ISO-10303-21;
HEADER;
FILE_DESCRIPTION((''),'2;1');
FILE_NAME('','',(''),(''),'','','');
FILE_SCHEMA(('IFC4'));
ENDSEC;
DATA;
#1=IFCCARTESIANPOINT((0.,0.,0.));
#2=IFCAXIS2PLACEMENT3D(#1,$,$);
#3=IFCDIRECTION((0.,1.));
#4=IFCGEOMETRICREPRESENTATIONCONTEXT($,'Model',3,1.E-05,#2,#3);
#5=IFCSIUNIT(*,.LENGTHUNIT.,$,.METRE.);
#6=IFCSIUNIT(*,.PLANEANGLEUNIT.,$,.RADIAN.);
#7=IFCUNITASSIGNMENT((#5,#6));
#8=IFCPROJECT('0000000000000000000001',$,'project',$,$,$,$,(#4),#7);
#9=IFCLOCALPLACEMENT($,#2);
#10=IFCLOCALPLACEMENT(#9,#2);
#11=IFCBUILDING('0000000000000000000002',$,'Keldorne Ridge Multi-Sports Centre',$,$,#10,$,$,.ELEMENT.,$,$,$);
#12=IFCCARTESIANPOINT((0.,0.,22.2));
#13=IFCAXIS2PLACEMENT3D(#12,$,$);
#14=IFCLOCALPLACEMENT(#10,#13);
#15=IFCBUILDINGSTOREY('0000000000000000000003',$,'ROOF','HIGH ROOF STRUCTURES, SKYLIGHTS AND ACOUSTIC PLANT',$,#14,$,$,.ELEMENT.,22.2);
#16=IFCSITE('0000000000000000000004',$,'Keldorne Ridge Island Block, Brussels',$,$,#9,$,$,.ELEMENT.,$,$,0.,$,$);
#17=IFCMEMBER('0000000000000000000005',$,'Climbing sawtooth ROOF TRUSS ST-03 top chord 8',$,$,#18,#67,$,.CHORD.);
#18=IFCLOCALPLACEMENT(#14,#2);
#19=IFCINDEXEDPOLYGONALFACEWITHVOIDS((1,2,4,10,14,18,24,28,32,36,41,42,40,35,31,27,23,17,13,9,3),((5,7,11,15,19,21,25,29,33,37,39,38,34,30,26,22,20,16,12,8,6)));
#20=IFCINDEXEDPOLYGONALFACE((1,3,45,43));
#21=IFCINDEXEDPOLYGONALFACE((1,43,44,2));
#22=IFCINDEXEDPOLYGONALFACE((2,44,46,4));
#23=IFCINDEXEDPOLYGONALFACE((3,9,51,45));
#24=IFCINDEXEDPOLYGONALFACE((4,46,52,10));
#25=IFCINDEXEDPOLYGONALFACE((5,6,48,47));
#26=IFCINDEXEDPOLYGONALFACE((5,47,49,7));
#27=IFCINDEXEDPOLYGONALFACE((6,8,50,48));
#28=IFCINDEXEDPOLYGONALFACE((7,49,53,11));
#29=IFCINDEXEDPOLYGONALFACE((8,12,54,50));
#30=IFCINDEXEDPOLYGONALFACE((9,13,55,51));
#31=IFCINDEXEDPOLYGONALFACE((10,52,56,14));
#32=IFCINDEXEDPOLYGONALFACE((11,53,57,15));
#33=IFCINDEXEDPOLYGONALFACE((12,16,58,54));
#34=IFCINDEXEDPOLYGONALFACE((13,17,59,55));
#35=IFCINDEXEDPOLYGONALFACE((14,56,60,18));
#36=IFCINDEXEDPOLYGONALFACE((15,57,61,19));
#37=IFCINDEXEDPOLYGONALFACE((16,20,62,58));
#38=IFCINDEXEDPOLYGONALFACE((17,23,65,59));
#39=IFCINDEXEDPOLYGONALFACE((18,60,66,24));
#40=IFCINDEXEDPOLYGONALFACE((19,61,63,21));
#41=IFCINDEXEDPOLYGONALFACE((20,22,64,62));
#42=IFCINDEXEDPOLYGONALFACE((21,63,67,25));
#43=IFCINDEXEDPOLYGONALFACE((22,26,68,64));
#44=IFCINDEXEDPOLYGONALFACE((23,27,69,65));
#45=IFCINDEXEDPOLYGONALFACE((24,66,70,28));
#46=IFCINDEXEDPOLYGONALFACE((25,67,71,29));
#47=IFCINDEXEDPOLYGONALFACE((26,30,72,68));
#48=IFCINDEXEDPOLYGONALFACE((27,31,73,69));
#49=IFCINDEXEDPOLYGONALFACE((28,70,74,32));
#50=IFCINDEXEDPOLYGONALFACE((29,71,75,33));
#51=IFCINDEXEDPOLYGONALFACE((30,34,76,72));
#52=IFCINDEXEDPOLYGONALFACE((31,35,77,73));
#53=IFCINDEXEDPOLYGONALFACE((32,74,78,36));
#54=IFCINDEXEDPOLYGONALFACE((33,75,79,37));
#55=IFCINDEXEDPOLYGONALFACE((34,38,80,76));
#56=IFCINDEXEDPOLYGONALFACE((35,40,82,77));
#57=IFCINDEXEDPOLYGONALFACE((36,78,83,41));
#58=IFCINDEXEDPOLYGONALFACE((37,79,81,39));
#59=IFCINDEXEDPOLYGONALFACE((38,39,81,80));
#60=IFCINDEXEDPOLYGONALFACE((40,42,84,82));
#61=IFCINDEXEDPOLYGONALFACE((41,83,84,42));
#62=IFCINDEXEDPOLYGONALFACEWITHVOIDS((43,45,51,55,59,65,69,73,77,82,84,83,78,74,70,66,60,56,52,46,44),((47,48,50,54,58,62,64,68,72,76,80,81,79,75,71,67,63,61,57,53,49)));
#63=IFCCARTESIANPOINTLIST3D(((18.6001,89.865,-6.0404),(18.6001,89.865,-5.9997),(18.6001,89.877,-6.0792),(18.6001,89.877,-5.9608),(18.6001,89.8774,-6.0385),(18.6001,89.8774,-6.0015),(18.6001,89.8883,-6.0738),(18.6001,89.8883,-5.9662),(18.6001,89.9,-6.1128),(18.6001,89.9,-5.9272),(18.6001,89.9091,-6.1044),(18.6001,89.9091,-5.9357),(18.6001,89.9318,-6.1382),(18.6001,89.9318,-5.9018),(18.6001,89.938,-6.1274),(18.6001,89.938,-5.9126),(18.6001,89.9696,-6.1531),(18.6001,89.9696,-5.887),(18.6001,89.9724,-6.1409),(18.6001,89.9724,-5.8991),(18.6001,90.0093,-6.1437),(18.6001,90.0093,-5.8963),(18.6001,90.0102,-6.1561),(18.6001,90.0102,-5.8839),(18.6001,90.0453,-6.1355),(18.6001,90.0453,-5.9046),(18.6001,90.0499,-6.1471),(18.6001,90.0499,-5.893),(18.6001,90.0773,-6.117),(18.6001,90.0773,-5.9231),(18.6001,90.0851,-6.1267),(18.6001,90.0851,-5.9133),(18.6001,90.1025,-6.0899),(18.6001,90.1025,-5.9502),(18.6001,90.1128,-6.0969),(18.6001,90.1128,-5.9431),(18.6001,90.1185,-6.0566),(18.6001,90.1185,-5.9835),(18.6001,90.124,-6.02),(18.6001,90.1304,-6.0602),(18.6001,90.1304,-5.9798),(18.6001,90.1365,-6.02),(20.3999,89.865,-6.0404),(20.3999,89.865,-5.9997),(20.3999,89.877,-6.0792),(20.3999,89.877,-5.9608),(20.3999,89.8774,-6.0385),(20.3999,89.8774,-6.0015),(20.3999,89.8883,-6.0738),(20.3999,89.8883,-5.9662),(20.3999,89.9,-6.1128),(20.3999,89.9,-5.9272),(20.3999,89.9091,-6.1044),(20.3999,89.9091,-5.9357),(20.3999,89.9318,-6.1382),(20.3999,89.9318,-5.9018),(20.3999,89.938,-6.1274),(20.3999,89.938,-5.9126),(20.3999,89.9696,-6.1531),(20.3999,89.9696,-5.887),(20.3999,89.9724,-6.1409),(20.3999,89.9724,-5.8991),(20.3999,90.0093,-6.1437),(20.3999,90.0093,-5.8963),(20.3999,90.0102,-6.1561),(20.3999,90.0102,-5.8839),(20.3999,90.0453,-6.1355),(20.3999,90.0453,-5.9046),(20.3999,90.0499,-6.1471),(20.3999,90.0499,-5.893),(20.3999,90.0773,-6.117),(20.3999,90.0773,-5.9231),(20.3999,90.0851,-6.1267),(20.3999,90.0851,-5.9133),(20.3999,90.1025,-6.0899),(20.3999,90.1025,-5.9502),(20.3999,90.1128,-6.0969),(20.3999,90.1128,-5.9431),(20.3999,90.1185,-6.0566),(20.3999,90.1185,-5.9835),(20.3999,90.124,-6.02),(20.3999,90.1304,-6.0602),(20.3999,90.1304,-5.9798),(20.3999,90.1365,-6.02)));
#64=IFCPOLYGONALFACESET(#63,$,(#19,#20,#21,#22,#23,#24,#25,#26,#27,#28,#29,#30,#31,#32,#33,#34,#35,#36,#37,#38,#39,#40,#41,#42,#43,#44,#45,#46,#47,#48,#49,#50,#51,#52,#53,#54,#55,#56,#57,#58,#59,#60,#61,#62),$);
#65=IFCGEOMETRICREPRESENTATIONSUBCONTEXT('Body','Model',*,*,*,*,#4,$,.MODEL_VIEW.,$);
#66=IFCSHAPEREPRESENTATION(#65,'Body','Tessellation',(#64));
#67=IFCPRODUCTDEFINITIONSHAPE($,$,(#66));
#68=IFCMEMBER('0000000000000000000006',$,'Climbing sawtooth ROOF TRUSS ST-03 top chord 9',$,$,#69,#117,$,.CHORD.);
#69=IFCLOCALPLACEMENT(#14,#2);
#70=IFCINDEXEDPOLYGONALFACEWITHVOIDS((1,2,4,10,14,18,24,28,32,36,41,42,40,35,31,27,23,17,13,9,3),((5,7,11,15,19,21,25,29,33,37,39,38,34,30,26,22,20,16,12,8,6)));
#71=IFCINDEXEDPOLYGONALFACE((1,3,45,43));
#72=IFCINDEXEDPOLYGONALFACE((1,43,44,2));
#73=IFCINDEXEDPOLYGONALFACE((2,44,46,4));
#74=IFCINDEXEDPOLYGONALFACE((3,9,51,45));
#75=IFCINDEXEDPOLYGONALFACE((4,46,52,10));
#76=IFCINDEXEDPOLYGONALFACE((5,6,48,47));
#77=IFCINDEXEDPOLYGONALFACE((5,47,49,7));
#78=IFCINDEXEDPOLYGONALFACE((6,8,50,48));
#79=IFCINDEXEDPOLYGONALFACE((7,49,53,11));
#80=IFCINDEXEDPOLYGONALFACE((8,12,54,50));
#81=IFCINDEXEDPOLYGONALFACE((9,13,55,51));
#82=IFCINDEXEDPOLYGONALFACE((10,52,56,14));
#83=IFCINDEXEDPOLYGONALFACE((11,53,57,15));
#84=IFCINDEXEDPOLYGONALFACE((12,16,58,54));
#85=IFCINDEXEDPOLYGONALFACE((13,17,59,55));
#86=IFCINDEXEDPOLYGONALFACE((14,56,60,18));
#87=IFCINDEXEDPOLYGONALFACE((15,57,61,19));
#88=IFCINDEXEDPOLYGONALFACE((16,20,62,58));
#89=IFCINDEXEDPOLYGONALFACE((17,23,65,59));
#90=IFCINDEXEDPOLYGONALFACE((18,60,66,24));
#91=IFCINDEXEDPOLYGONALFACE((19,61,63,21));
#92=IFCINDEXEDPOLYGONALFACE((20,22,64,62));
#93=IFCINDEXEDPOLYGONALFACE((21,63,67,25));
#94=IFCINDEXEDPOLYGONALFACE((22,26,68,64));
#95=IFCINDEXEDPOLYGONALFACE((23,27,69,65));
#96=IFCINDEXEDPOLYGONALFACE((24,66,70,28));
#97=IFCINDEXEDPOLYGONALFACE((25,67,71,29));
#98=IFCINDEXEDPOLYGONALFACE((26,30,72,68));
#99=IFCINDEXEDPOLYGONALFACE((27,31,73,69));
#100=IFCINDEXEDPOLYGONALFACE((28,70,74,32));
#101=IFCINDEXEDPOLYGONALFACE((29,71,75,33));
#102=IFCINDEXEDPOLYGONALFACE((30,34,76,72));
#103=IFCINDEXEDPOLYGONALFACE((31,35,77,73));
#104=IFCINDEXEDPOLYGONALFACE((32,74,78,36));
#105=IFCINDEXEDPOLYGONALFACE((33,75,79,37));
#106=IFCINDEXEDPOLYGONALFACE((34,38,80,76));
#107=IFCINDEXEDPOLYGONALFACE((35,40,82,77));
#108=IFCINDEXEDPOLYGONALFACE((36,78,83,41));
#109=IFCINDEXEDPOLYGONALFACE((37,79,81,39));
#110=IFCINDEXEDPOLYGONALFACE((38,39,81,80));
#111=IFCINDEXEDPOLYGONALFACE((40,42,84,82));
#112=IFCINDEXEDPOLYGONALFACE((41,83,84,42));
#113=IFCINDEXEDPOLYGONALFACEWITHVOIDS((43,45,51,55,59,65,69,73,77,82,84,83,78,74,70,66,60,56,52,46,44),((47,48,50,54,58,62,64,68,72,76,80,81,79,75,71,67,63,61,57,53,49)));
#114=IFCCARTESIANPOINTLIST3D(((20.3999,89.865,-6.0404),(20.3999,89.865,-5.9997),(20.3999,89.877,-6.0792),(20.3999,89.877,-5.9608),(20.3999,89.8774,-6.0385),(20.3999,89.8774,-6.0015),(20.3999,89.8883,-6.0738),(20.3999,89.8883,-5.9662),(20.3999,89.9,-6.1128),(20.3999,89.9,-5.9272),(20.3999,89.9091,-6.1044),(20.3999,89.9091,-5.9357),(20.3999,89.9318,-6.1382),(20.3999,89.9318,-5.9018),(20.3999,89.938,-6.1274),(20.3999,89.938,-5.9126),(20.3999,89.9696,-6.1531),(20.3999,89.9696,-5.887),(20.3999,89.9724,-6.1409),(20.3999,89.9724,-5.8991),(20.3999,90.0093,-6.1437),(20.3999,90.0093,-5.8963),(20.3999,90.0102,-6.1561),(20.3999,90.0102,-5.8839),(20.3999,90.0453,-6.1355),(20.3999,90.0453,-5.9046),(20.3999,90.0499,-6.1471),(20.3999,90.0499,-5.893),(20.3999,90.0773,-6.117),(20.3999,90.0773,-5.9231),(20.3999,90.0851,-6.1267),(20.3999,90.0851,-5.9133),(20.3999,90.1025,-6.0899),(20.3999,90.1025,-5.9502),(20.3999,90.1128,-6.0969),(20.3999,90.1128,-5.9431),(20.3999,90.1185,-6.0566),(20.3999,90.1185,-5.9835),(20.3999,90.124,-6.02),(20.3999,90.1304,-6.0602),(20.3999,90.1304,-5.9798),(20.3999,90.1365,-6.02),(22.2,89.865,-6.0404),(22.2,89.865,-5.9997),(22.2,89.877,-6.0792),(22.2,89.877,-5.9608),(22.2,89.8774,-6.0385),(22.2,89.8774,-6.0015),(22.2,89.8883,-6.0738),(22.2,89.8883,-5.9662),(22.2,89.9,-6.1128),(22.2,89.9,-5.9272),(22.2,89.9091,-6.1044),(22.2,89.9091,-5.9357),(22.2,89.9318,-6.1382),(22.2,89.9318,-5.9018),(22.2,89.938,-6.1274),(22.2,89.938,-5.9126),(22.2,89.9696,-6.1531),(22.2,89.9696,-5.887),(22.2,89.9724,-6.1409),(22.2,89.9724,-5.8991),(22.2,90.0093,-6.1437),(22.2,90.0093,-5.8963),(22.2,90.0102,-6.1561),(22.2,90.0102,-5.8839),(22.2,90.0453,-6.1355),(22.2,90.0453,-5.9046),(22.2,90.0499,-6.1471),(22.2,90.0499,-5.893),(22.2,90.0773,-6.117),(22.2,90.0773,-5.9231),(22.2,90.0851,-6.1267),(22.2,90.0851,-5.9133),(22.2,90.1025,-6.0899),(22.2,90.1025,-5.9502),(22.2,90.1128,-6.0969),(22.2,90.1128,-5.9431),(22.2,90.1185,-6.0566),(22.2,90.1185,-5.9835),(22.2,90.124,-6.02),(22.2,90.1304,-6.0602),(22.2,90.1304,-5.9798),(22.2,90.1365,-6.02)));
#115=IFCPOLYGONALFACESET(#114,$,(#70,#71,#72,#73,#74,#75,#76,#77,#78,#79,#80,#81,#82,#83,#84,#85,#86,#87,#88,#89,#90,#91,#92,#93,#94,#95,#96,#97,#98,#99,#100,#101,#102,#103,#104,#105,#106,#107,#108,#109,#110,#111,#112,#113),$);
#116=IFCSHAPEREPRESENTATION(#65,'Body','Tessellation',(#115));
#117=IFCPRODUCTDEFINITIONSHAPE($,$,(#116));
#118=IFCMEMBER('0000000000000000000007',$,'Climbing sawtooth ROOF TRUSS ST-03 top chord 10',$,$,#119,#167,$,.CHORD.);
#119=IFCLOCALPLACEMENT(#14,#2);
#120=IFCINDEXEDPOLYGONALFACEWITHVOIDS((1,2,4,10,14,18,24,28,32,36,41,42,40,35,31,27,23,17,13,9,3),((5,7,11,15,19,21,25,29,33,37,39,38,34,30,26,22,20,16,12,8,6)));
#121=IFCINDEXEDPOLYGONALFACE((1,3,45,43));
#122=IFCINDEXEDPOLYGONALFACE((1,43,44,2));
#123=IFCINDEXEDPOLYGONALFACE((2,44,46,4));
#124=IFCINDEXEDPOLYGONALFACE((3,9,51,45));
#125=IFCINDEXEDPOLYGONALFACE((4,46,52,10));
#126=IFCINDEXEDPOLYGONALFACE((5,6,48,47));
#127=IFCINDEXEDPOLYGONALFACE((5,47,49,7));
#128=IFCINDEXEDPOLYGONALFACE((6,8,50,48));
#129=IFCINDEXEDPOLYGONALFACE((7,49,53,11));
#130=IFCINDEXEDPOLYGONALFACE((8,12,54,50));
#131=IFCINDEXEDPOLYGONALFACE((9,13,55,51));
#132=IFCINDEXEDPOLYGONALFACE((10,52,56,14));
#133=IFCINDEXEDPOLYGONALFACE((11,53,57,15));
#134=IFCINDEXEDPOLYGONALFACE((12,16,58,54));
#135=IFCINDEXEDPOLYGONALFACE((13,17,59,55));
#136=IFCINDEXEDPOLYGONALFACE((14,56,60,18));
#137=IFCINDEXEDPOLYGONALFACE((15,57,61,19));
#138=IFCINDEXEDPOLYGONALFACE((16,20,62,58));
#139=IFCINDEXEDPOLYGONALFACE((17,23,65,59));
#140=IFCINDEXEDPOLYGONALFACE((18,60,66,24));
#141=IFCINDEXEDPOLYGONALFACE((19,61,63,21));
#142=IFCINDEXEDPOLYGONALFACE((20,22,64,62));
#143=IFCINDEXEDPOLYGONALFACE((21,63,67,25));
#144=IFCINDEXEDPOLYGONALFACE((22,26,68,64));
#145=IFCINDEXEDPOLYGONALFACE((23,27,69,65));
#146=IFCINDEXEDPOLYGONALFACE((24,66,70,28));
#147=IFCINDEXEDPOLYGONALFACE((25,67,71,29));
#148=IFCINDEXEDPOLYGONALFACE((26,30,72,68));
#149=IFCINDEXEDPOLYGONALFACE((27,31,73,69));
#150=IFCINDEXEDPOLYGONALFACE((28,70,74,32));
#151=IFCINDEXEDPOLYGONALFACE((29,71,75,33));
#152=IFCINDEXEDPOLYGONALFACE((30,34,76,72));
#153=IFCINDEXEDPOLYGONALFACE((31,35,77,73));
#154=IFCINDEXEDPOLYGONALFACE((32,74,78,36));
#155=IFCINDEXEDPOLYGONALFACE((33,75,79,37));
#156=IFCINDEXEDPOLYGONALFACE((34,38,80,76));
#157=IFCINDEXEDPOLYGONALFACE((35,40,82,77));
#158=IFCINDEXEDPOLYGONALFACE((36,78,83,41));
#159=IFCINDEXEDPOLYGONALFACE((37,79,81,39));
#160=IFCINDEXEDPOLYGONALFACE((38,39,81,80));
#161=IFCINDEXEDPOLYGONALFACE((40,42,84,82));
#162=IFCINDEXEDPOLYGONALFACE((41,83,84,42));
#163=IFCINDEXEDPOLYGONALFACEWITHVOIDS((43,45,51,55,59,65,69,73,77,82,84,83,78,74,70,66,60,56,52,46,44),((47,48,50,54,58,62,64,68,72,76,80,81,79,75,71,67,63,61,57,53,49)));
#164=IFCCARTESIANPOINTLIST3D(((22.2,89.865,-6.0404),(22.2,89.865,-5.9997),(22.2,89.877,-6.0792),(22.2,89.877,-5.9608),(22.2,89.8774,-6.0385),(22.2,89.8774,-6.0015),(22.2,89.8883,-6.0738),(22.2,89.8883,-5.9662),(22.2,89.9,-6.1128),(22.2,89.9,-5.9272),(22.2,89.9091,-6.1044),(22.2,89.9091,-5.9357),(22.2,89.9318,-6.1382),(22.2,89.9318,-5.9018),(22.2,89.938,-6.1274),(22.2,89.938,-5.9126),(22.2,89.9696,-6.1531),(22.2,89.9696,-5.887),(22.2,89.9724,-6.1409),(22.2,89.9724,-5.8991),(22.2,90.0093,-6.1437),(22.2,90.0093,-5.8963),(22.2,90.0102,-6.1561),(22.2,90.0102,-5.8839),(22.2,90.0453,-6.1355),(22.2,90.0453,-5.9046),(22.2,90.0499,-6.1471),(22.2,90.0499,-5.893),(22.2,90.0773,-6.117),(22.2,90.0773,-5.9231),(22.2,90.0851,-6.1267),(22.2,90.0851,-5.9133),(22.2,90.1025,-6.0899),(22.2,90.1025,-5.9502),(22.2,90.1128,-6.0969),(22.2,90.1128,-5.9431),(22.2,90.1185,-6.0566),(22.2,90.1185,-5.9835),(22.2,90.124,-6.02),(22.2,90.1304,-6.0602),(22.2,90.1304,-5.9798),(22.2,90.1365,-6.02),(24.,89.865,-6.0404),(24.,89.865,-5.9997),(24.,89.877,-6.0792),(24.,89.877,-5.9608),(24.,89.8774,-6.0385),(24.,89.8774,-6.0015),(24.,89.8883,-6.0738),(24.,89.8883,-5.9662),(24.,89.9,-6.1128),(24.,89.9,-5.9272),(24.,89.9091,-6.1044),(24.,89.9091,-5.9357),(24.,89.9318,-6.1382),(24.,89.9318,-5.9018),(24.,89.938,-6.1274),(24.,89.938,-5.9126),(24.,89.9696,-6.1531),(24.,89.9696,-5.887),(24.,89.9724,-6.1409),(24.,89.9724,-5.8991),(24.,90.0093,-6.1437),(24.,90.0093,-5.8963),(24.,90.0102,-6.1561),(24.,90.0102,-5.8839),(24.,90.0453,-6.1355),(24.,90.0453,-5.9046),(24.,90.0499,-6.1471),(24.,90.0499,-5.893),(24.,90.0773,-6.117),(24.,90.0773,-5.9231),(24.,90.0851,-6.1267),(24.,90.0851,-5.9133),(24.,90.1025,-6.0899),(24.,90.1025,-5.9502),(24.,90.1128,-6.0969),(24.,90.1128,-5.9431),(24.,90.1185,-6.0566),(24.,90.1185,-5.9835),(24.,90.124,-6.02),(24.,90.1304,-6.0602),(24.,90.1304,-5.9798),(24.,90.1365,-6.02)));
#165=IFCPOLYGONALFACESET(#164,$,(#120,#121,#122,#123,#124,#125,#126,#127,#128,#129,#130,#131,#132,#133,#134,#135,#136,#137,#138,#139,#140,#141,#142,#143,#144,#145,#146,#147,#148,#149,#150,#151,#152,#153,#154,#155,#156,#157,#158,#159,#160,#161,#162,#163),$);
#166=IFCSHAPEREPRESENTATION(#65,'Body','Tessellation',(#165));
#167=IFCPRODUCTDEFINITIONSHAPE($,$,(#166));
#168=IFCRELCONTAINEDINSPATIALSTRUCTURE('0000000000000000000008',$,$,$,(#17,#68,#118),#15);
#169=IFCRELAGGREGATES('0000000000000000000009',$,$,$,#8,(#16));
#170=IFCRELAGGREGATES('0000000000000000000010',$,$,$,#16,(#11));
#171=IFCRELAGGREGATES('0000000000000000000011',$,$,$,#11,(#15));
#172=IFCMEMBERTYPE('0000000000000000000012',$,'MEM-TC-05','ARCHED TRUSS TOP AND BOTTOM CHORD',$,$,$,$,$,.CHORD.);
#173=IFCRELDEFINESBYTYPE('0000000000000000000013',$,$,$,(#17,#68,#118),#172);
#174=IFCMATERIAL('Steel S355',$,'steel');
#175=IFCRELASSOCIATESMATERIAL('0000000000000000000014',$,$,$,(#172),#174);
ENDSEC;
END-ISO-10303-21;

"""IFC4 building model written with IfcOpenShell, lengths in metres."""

from ifc_helpers import new_model, si_unit, direction, frame, origin, origin_2d, place, context, subcontext, project, spatial, hollow_circle, extrude, material, material_profile, profile_set, type_object, element, save


model = new_model("IFC4")

# Units and contexts
model_context = context("Model", 3, precision=1e-05, world=origin(), true_north=direction((0.0, 1.0)))
body_context = subcontext(model_context, "Body", "Model", "MODEL_VIEW")
ifc_project = project(units=[si_unit("LENGTHUNIT", "METRE"), si_unit("PLANEANGLEUNIT", "RADIAN")], contexts=[model_context])

# Site, building, storey
site_placement = place(None, origin())
site = spatial("IfcSite", under=ifc_project, at=site_placement, Name="Keldorne Ridge Island Block, Brussels", CompositionType="ELEMENT", RefElevation=0.0)
building_placement = place(site_placement, origin())
building = spatial("IfcBuilding", under=site, at=building_placement, Name="Keldorne Ridge Multi-Sports Centre", CompositionType="ELEMENT")
storey_placement = place(building_placement, frame((0.0, 0.0, 22.2)))
storey = spatial("IfcBuildingStorey", under=building, at=storey_placement, Name="ROOF", Description="HIGH ROOF STRUCTURES, SKYLIGHTS AND ACOUSTIC PLANT", CompositionType="ELEMENT", Elevation=22.2)

# Shared definitions
ifc_material_1 = material(Name="Steel S355", Category="steel")

# Members
ifc_material_profile_1 = material_profile(ifc_material_1, hollow_circle(Radius=0.1365, WallThickness=0.0125, at=origin_2d()), Name="CHS 273x12.5")
ifc_profile_set_1 = profile_set([ifc_material_profile_1], Name="Steel S355")
member_type_1 = type_object("IfcMemberType", Name="MEM-TC-05", Description="ARCHED TRUSS TOP AND BOTTOM CHORD", PredefinedType="CHORD", material=ifc_profile_set_1)
member_1_placement = place(storey_placement, frame((18.6001, 90.0, -6.02), z_axis=(1.0, 0.0, 0.0), x_axis=(0.0, 1.0, 0.0)))
element("IfcMember", 1, at=member_1_placement, inside=storey, type_object=member_type_1, Name="Climbing sawtooth ROOF TRUSS ST-03 top chord 8", PredefinedType="CHORD", context=body_context, shape_type="SweptSolid", body=[
    extrude(hollow_circle(Radius=0.1365, WallThickness=0.0125, at=origin_2d()), origin(), (0.0, 0.0, 1.0), 1.7998),
])
for number, where, z_axis, x_axis, name in (
    (2, (20.3999, 90.0, -6.02), (1.0, 0.0, 0.0), (0.0, 1.0, 0.0), "Climbing sawtooth ROOF TRUSS ST-03 top chord 9"),
    (3, (22.2, 90.0, -6.02), (1.0, 0.0, 0.0), (0.0, 1.0, 0.0), "Climbing sawtooth ROOF TRUSS ST-03 top chord 10"),
):
    element("IfcMember", number, at=place(storey_placement, frame(where, z_axis=z_axis, x_axis=x_axis)), inside=storey, type_object=member_type_1, Name=name, PredefinedType="CHORD", context=body_context, shape_type="SweptSolid", body=[
        extrude(hollow_circle(Radius=0.1365, WallThickness=0.0125, at=origin_2d()), origin(), (0.0, 0.0, 1.0), 1.8),
    ])

save(model, "model.ifc")
